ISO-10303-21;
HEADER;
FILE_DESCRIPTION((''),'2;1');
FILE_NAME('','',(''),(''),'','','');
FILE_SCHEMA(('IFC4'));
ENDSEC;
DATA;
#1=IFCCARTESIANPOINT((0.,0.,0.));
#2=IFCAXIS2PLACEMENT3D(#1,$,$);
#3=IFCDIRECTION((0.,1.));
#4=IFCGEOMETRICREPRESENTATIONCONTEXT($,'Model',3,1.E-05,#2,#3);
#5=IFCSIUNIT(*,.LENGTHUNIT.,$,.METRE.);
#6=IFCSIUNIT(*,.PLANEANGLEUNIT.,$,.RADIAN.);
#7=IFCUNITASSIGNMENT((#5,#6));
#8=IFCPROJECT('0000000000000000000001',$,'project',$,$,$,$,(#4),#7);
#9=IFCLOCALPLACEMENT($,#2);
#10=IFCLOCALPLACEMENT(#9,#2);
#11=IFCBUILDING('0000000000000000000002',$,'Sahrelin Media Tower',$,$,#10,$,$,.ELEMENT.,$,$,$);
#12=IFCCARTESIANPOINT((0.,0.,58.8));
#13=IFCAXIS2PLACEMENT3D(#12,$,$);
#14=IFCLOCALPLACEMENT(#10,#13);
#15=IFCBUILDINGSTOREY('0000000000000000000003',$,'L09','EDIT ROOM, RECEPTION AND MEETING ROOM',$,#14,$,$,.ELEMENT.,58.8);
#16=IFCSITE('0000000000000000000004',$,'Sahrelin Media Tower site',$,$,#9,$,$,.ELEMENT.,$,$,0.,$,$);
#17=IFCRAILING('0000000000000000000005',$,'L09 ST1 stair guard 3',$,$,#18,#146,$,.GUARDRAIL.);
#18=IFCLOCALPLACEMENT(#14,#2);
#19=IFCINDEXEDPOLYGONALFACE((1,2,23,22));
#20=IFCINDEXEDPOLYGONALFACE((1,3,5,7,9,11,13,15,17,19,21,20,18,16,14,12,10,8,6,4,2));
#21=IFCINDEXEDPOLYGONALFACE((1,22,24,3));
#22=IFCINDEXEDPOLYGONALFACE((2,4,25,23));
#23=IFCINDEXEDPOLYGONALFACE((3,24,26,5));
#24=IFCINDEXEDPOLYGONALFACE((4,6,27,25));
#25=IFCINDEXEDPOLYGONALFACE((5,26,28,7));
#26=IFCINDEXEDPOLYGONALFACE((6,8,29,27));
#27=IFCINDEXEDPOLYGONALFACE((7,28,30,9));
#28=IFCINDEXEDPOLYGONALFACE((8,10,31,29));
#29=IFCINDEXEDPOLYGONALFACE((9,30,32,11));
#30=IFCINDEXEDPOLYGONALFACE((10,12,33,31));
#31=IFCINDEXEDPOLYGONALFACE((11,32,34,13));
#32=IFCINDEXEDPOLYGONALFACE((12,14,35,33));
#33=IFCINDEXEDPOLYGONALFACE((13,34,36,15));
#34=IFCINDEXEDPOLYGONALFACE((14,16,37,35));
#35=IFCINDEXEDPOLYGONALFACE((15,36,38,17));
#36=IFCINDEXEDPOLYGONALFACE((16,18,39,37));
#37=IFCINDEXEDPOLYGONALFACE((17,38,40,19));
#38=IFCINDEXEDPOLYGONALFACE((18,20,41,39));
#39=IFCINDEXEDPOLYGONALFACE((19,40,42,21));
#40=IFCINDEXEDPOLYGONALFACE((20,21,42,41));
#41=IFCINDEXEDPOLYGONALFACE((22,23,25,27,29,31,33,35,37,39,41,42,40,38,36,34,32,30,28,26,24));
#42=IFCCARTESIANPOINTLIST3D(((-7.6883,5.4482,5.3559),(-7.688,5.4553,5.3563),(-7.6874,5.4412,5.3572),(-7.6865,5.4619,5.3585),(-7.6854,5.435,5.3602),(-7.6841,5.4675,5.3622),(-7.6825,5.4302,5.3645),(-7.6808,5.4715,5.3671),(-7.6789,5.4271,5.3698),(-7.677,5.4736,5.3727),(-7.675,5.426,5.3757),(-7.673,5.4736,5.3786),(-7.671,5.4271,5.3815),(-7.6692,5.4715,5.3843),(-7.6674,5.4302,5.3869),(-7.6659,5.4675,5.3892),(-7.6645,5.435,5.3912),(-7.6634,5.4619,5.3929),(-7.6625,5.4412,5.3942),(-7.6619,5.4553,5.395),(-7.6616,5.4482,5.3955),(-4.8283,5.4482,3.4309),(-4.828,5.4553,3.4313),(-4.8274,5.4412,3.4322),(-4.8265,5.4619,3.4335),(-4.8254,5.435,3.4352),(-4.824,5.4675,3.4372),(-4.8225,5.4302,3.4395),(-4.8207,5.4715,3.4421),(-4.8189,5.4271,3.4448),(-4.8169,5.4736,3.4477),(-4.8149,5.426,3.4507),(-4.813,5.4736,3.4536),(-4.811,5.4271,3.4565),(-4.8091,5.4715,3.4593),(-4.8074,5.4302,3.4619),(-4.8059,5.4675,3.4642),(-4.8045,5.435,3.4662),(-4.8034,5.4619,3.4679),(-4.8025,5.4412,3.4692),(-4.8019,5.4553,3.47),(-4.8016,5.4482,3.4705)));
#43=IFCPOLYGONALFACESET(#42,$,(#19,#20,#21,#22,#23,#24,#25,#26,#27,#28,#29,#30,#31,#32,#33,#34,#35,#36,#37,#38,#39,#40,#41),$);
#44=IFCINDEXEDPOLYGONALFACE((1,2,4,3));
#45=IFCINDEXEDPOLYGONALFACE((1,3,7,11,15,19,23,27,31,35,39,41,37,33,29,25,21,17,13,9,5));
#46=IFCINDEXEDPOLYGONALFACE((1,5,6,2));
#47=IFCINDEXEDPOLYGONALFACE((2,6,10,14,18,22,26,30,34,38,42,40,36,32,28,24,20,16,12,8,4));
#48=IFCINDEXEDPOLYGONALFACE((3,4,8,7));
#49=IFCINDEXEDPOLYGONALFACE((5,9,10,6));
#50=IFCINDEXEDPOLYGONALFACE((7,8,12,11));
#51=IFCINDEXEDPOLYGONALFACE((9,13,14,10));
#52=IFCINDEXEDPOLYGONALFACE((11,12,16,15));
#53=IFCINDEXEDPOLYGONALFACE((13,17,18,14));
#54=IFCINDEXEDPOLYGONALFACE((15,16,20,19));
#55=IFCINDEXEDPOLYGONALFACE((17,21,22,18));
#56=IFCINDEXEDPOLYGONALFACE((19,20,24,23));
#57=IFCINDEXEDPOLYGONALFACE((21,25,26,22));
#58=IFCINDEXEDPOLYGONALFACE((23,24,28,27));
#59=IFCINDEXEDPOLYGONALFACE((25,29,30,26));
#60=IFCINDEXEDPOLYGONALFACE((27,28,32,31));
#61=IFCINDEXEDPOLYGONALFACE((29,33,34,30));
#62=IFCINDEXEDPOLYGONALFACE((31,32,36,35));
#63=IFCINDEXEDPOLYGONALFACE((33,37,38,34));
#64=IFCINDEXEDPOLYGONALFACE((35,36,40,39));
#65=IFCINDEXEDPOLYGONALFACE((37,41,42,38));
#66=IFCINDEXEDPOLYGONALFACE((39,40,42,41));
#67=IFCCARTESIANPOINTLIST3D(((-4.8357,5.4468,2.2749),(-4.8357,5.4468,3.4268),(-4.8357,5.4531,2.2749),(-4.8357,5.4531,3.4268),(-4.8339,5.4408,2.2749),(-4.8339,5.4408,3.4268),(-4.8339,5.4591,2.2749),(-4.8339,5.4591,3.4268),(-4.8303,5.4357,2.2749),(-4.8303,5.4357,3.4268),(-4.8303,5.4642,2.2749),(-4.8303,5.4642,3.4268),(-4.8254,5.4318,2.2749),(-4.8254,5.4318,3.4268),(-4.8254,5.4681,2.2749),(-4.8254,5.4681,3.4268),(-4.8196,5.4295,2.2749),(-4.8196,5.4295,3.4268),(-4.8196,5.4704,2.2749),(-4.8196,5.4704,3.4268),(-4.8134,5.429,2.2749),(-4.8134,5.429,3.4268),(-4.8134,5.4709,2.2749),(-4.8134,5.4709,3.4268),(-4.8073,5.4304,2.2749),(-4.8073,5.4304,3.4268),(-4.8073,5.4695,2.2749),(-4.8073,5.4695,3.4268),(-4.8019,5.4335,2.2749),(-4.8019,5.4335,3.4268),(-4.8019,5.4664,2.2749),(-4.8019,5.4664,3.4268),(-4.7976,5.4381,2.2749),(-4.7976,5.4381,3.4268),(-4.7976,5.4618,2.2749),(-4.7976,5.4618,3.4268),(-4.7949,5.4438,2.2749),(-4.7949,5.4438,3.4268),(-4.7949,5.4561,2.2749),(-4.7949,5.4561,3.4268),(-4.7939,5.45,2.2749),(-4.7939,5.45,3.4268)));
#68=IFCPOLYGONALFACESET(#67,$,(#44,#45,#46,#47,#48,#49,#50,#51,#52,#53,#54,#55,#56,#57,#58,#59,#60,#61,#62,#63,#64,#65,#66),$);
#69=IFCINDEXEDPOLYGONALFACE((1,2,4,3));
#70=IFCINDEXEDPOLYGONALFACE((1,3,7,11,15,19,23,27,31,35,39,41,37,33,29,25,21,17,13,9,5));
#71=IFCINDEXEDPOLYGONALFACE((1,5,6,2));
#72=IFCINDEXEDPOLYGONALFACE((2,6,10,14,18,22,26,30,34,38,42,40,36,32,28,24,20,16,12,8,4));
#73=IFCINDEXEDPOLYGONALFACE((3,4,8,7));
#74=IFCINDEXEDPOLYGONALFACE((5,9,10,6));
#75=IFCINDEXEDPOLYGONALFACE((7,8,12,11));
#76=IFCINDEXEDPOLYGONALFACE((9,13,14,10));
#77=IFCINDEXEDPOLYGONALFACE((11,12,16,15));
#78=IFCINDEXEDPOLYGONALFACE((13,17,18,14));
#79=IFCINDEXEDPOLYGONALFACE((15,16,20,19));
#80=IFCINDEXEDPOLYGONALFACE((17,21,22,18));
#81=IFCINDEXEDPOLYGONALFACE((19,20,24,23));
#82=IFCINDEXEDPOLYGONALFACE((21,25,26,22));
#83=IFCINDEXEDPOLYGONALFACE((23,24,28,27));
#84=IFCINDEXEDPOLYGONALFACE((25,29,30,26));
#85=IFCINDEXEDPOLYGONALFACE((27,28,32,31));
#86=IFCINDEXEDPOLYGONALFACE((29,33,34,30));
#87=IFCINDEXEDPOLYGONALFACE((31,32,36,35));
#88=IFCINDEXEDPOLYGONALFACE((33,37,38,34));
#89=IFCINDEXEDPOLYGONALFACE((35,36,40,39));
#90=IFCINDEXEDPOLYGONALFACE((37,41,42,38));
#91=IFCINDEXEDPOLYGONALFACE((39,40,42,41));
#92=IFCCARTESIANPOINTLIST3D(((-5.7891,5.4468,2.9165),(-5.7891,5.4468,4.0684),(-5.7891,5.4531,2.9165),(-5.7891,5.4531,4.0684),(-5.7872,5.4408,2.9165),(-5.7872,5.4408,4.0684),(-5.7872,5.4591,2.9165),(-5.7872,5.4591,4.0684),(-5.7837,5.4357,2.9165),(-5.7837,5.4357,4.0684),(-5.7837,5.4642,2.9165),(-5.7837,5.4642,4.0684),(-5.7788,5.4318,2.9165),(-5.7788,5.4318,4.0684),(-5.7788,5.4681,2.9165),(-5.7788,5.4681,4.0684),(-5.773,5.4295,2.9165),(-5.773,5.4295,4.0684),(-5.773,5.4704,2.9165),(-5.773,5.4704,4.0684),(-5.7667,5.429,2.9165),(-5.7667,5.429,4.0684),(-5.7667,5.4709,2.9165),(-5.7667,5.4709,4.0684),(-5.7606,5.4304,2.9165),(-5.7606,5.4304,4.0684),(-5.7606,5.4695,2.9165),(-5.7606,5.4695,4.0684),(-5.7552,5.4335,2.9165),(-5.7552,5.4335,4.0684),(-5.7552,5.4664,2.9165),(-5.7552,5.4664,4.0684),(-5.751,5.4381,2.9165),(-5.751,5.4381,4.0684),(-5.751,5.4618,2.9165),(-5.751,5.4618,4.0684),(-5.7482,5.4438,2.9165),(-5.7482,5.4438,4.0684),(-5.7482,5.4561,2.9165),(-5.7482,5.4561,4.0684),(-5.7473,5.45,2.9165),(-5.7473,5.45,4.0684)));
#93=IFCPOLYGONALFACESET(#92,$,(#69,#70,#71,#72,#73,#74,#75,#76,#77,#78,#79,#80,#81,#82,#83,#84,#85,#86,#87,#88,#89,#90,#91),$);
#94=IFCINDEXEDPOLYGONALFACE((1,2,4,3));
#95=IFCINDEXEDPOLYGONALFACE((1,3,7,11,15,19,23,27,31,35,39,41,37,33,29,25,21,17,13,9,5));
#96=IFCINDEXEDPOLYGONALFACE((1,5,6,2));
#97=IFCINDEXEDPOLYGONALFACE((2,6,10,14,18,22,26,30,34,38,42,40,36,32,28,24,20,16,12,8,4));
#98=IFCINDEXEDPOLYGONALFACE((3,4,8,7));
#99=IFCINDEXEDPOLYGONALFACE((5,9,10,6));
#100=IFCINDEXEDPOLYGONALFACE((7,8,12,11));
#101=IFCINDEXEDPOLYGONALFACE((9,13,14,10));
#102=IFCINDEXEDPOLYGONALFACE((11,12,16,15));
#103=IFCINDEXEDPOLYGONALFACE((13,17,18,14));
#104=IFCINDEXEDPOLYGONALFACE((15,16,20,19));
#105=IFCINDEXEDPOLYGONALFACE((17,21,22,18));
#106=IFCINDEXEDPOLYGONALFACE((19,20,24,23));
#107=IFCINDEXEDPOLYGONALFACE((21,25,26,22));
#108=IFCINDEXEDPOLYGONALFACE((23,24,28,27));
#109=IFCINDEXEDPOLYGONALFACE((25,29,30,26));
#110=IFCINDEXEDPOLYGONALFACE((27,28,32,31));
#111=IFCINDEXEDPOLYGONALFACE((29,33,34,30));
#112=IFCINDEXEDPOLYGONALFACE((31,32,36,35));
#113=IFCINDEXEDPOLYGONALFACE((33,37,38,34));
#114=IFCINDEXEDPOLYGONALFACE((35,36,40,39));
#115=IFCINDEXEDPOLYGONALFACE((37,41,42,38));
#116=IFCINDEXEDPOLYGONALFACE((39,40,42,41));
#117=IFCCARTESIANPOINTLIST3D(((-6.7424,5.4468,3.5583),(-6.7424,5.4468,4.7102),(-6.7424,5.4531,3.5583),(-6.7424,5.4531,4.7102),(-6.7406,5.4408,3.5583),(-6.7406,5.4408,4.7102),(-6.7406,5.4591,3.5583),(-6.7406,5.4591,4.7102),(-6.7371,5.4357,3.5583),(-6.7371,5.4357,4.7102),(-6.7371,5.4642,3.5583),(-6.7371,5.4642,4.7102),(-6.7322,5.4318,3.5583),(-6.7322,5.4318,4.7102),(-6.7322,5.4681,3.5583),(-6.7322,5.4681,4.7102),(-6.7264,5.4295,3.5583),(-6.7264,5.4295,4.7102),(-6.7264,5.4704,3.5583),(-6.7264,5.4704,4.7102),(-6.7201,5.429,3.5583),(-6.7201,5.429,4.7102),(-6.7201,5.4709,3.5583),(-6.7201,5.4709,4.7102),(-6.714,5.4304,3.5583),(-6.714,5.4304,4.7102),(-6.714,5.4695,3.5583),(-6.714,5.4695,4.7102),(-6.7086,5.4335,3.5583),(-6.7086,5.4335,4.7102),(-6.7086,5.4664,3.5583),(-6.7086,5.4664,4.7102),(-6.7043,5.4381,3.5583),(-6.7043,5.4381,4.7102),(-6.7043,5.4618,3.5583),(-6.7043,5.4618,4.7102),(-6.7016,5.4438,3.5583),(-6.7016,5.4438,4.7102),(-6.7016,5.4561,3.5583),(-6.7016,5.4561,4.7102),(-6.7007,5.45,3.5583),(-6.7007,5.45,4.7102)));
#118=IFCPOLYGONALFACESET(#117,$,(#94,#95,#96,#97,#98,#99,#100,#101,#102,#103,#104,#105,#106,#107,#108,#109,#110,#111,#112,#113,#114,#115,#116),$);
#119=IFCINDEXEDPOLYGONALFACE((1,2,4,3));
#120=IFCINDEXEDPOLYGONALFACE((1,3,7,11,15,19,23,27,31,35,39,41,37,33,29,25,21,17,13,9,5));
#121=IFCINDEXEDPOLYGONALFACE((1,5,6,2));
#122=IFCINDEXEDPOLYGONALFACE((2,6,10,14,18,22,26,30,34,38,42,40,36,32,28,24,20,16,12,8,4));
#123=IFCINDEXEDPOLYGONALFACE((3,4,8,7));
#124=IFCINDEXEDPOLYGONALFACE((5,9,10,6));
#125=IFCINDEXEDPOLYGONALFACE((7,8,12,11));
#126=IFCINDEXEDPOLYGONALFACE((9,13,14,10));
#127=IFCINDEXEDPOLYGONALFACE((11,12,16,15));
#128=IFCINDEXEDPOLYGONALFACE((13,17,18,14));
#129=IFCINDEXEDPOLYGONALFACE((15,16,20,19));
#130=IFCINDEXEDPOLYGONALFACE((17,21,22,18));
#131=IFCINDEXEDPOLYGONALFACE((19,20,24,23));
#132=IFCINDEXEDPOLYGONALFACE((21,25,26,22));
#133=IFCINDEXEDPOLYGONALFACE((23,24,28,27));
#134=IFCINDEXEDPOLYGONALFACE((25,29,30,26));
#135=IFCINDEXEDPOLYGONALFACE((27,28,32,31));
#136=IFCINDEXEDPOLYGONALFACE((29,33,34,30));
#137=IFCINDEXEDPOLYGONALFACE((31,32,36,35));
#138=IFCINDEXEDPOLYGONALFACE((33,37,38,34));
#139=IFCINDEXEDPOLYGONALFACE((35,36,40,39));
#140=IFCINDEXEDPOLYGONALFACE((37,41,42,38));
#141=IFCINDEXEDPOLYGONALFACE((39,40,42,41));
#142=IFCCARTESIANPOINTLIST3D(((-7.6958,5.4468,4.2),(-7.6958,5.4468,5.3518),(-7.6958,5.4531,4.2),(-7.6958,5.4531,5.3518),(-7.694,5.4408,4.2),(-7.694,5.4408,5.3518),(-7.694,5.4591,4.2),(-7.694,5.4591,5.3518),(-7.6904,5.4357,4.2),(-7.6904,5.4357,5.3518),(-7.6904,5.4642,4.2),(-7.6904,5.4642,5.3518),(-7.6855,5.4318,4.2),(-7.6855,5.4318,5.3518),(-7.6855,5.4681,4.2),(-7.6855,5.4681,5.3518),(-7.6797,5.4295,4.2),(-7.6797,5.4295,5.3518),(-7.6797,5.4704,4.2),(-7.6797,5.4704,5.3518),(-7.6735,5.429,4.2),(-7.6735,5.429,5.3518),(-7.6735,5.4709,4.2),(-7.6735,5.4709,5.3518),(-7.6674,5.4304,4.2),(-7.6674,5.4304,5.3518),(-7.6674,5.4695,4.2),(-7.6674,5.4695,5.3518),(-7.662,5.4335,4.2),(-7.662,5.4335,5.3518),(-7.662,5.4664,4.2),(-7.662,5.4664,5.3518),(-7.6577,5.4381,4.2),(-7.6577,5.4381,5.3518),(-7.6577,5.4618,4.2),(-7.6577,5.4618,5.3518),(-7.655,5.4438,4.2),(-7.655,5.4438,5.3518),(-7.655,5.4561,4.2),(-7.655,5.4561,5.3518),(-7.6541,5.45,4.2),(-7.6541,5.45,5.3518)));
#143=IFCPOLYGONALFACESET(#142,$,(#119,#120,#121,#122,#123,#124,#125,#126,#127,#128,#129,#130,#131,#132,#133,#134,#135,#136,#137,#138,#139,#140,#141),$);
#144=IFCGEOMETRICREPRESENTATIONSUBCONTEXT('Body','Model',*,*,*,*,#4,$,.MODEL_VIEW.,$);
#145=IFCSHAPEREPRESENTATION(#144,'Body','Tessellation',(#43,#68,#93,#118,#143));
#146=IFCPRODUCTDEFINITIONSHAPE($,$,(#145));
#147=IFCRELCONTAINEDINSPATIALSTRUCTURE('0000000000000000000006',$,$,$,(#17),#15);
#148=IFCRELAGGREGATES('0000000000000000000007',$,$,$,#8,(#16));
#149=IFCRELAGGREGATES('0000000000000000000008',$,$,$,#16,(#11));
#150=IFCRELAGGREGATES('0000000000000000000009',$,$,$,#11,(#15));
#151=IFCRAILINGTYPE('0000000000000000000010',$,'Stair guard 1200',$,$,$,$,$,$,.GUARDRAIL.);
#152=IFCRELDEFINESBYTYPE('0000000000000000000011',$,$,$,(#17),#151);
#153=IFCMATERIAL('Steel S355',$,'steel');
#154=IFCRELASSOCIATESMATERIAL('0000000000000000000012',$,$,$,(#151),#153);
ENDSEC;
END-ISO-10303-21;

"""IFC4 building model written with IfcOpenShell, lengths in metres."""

from ifc_helpers import new_model, si_unit, direction, frame, origin, origin_2d, place, context, subcontext, project, spatial, circle, extrude, material, type_object, element, save


model = new_model("IFC4")

# Units and contexts
model_context = context("Model", 3, precision=1e-05, world=origin(), true_north=direction((0.0, 1.0)))
body_context = subcontext(model_context, "Body", "Model", "MODEL_VIEW")
ifc_project = project(units=[si_unit("LENGTHUNIT", "METRE"), si_unit("PLANEANGLEUNIT", "RADIAN")], contexts=[model_context])

# Site, building, storey
site_placement = place(None, origin())
site = spatial("IfcSite", under=ifc_project, at=site_placement, Name="Sahrelin Media Tower site", CompositionType="ELEMENT", RefElevation=0.0)
building_placement = place(site_placement, origin())
building = spatial("IfcBuilding", under=site, at=building_placement, Name="Sahrelin Media Tower", CompositionType="ELEMENT")
storey_placement = place(building_placement, frame((0.0, 0.0, 58.8)))
storey = spatial("IfcBuildingStorey", under=building, at=storey_placement, Name="L09", Description="EDIT ROOM, RECEPTION AND MEETING ROOM", CompositionType="ELEMENT", Elevation=58.8)

# Shared definitions
ifc_material_1 = material(Name="Steel S355", Category="steel")

# Railing
railing_type_1 = type_object("IfcRailingType", Name="Stair guard 1200", PredefinedType="GUARDRAIL", material=ifc_material_1)
railing_1_placement = place(storey_placement, frame((-4.8149, 5.45, 2.2749)))
element("IfcRailing", 1, at=railing_1_placement, inside=storey, type_object=railing_type_1, Name="L09 ST1 stair guard 3", PredefinedType="GUARDRAIL", context=body_context, shape_type="SweptSolid", body=[
    extrude(circle(Radius=0.0239, at=origin_2d()), frame((0.0, 0.0, 1.1758), z_axis=(-0.829591, 0.0, 0.558372), x_axis=(0.0, -1.0, 0.0)), (0.0, 0.0, 1.0), 3.4475),
    extrude(circle(Radius=0.021, at=origin_2d()), origin(), (0.0, 0.0, 1.0), 1.1519),
    extrude(circle(Radius=0.021, at=origin_2d()), frame((-0.9534, 0.0, 0.6416)), (0.0, 0.0, 1.0), 1.1519),
    extrude(circle(Radius=0.021, at=origin_2d()), frame((-1.9067, 0.0, 1.2834)), (0.0, 0.0, 1.0), 1.1519),
    extrude(circle(Radius=0.021, at=origin_2d()), frame((-2.8601, 0.0, 1.925)), (0.0, 0.0, 1.0), 1.1519),
])

save(model, "model.ifc")
